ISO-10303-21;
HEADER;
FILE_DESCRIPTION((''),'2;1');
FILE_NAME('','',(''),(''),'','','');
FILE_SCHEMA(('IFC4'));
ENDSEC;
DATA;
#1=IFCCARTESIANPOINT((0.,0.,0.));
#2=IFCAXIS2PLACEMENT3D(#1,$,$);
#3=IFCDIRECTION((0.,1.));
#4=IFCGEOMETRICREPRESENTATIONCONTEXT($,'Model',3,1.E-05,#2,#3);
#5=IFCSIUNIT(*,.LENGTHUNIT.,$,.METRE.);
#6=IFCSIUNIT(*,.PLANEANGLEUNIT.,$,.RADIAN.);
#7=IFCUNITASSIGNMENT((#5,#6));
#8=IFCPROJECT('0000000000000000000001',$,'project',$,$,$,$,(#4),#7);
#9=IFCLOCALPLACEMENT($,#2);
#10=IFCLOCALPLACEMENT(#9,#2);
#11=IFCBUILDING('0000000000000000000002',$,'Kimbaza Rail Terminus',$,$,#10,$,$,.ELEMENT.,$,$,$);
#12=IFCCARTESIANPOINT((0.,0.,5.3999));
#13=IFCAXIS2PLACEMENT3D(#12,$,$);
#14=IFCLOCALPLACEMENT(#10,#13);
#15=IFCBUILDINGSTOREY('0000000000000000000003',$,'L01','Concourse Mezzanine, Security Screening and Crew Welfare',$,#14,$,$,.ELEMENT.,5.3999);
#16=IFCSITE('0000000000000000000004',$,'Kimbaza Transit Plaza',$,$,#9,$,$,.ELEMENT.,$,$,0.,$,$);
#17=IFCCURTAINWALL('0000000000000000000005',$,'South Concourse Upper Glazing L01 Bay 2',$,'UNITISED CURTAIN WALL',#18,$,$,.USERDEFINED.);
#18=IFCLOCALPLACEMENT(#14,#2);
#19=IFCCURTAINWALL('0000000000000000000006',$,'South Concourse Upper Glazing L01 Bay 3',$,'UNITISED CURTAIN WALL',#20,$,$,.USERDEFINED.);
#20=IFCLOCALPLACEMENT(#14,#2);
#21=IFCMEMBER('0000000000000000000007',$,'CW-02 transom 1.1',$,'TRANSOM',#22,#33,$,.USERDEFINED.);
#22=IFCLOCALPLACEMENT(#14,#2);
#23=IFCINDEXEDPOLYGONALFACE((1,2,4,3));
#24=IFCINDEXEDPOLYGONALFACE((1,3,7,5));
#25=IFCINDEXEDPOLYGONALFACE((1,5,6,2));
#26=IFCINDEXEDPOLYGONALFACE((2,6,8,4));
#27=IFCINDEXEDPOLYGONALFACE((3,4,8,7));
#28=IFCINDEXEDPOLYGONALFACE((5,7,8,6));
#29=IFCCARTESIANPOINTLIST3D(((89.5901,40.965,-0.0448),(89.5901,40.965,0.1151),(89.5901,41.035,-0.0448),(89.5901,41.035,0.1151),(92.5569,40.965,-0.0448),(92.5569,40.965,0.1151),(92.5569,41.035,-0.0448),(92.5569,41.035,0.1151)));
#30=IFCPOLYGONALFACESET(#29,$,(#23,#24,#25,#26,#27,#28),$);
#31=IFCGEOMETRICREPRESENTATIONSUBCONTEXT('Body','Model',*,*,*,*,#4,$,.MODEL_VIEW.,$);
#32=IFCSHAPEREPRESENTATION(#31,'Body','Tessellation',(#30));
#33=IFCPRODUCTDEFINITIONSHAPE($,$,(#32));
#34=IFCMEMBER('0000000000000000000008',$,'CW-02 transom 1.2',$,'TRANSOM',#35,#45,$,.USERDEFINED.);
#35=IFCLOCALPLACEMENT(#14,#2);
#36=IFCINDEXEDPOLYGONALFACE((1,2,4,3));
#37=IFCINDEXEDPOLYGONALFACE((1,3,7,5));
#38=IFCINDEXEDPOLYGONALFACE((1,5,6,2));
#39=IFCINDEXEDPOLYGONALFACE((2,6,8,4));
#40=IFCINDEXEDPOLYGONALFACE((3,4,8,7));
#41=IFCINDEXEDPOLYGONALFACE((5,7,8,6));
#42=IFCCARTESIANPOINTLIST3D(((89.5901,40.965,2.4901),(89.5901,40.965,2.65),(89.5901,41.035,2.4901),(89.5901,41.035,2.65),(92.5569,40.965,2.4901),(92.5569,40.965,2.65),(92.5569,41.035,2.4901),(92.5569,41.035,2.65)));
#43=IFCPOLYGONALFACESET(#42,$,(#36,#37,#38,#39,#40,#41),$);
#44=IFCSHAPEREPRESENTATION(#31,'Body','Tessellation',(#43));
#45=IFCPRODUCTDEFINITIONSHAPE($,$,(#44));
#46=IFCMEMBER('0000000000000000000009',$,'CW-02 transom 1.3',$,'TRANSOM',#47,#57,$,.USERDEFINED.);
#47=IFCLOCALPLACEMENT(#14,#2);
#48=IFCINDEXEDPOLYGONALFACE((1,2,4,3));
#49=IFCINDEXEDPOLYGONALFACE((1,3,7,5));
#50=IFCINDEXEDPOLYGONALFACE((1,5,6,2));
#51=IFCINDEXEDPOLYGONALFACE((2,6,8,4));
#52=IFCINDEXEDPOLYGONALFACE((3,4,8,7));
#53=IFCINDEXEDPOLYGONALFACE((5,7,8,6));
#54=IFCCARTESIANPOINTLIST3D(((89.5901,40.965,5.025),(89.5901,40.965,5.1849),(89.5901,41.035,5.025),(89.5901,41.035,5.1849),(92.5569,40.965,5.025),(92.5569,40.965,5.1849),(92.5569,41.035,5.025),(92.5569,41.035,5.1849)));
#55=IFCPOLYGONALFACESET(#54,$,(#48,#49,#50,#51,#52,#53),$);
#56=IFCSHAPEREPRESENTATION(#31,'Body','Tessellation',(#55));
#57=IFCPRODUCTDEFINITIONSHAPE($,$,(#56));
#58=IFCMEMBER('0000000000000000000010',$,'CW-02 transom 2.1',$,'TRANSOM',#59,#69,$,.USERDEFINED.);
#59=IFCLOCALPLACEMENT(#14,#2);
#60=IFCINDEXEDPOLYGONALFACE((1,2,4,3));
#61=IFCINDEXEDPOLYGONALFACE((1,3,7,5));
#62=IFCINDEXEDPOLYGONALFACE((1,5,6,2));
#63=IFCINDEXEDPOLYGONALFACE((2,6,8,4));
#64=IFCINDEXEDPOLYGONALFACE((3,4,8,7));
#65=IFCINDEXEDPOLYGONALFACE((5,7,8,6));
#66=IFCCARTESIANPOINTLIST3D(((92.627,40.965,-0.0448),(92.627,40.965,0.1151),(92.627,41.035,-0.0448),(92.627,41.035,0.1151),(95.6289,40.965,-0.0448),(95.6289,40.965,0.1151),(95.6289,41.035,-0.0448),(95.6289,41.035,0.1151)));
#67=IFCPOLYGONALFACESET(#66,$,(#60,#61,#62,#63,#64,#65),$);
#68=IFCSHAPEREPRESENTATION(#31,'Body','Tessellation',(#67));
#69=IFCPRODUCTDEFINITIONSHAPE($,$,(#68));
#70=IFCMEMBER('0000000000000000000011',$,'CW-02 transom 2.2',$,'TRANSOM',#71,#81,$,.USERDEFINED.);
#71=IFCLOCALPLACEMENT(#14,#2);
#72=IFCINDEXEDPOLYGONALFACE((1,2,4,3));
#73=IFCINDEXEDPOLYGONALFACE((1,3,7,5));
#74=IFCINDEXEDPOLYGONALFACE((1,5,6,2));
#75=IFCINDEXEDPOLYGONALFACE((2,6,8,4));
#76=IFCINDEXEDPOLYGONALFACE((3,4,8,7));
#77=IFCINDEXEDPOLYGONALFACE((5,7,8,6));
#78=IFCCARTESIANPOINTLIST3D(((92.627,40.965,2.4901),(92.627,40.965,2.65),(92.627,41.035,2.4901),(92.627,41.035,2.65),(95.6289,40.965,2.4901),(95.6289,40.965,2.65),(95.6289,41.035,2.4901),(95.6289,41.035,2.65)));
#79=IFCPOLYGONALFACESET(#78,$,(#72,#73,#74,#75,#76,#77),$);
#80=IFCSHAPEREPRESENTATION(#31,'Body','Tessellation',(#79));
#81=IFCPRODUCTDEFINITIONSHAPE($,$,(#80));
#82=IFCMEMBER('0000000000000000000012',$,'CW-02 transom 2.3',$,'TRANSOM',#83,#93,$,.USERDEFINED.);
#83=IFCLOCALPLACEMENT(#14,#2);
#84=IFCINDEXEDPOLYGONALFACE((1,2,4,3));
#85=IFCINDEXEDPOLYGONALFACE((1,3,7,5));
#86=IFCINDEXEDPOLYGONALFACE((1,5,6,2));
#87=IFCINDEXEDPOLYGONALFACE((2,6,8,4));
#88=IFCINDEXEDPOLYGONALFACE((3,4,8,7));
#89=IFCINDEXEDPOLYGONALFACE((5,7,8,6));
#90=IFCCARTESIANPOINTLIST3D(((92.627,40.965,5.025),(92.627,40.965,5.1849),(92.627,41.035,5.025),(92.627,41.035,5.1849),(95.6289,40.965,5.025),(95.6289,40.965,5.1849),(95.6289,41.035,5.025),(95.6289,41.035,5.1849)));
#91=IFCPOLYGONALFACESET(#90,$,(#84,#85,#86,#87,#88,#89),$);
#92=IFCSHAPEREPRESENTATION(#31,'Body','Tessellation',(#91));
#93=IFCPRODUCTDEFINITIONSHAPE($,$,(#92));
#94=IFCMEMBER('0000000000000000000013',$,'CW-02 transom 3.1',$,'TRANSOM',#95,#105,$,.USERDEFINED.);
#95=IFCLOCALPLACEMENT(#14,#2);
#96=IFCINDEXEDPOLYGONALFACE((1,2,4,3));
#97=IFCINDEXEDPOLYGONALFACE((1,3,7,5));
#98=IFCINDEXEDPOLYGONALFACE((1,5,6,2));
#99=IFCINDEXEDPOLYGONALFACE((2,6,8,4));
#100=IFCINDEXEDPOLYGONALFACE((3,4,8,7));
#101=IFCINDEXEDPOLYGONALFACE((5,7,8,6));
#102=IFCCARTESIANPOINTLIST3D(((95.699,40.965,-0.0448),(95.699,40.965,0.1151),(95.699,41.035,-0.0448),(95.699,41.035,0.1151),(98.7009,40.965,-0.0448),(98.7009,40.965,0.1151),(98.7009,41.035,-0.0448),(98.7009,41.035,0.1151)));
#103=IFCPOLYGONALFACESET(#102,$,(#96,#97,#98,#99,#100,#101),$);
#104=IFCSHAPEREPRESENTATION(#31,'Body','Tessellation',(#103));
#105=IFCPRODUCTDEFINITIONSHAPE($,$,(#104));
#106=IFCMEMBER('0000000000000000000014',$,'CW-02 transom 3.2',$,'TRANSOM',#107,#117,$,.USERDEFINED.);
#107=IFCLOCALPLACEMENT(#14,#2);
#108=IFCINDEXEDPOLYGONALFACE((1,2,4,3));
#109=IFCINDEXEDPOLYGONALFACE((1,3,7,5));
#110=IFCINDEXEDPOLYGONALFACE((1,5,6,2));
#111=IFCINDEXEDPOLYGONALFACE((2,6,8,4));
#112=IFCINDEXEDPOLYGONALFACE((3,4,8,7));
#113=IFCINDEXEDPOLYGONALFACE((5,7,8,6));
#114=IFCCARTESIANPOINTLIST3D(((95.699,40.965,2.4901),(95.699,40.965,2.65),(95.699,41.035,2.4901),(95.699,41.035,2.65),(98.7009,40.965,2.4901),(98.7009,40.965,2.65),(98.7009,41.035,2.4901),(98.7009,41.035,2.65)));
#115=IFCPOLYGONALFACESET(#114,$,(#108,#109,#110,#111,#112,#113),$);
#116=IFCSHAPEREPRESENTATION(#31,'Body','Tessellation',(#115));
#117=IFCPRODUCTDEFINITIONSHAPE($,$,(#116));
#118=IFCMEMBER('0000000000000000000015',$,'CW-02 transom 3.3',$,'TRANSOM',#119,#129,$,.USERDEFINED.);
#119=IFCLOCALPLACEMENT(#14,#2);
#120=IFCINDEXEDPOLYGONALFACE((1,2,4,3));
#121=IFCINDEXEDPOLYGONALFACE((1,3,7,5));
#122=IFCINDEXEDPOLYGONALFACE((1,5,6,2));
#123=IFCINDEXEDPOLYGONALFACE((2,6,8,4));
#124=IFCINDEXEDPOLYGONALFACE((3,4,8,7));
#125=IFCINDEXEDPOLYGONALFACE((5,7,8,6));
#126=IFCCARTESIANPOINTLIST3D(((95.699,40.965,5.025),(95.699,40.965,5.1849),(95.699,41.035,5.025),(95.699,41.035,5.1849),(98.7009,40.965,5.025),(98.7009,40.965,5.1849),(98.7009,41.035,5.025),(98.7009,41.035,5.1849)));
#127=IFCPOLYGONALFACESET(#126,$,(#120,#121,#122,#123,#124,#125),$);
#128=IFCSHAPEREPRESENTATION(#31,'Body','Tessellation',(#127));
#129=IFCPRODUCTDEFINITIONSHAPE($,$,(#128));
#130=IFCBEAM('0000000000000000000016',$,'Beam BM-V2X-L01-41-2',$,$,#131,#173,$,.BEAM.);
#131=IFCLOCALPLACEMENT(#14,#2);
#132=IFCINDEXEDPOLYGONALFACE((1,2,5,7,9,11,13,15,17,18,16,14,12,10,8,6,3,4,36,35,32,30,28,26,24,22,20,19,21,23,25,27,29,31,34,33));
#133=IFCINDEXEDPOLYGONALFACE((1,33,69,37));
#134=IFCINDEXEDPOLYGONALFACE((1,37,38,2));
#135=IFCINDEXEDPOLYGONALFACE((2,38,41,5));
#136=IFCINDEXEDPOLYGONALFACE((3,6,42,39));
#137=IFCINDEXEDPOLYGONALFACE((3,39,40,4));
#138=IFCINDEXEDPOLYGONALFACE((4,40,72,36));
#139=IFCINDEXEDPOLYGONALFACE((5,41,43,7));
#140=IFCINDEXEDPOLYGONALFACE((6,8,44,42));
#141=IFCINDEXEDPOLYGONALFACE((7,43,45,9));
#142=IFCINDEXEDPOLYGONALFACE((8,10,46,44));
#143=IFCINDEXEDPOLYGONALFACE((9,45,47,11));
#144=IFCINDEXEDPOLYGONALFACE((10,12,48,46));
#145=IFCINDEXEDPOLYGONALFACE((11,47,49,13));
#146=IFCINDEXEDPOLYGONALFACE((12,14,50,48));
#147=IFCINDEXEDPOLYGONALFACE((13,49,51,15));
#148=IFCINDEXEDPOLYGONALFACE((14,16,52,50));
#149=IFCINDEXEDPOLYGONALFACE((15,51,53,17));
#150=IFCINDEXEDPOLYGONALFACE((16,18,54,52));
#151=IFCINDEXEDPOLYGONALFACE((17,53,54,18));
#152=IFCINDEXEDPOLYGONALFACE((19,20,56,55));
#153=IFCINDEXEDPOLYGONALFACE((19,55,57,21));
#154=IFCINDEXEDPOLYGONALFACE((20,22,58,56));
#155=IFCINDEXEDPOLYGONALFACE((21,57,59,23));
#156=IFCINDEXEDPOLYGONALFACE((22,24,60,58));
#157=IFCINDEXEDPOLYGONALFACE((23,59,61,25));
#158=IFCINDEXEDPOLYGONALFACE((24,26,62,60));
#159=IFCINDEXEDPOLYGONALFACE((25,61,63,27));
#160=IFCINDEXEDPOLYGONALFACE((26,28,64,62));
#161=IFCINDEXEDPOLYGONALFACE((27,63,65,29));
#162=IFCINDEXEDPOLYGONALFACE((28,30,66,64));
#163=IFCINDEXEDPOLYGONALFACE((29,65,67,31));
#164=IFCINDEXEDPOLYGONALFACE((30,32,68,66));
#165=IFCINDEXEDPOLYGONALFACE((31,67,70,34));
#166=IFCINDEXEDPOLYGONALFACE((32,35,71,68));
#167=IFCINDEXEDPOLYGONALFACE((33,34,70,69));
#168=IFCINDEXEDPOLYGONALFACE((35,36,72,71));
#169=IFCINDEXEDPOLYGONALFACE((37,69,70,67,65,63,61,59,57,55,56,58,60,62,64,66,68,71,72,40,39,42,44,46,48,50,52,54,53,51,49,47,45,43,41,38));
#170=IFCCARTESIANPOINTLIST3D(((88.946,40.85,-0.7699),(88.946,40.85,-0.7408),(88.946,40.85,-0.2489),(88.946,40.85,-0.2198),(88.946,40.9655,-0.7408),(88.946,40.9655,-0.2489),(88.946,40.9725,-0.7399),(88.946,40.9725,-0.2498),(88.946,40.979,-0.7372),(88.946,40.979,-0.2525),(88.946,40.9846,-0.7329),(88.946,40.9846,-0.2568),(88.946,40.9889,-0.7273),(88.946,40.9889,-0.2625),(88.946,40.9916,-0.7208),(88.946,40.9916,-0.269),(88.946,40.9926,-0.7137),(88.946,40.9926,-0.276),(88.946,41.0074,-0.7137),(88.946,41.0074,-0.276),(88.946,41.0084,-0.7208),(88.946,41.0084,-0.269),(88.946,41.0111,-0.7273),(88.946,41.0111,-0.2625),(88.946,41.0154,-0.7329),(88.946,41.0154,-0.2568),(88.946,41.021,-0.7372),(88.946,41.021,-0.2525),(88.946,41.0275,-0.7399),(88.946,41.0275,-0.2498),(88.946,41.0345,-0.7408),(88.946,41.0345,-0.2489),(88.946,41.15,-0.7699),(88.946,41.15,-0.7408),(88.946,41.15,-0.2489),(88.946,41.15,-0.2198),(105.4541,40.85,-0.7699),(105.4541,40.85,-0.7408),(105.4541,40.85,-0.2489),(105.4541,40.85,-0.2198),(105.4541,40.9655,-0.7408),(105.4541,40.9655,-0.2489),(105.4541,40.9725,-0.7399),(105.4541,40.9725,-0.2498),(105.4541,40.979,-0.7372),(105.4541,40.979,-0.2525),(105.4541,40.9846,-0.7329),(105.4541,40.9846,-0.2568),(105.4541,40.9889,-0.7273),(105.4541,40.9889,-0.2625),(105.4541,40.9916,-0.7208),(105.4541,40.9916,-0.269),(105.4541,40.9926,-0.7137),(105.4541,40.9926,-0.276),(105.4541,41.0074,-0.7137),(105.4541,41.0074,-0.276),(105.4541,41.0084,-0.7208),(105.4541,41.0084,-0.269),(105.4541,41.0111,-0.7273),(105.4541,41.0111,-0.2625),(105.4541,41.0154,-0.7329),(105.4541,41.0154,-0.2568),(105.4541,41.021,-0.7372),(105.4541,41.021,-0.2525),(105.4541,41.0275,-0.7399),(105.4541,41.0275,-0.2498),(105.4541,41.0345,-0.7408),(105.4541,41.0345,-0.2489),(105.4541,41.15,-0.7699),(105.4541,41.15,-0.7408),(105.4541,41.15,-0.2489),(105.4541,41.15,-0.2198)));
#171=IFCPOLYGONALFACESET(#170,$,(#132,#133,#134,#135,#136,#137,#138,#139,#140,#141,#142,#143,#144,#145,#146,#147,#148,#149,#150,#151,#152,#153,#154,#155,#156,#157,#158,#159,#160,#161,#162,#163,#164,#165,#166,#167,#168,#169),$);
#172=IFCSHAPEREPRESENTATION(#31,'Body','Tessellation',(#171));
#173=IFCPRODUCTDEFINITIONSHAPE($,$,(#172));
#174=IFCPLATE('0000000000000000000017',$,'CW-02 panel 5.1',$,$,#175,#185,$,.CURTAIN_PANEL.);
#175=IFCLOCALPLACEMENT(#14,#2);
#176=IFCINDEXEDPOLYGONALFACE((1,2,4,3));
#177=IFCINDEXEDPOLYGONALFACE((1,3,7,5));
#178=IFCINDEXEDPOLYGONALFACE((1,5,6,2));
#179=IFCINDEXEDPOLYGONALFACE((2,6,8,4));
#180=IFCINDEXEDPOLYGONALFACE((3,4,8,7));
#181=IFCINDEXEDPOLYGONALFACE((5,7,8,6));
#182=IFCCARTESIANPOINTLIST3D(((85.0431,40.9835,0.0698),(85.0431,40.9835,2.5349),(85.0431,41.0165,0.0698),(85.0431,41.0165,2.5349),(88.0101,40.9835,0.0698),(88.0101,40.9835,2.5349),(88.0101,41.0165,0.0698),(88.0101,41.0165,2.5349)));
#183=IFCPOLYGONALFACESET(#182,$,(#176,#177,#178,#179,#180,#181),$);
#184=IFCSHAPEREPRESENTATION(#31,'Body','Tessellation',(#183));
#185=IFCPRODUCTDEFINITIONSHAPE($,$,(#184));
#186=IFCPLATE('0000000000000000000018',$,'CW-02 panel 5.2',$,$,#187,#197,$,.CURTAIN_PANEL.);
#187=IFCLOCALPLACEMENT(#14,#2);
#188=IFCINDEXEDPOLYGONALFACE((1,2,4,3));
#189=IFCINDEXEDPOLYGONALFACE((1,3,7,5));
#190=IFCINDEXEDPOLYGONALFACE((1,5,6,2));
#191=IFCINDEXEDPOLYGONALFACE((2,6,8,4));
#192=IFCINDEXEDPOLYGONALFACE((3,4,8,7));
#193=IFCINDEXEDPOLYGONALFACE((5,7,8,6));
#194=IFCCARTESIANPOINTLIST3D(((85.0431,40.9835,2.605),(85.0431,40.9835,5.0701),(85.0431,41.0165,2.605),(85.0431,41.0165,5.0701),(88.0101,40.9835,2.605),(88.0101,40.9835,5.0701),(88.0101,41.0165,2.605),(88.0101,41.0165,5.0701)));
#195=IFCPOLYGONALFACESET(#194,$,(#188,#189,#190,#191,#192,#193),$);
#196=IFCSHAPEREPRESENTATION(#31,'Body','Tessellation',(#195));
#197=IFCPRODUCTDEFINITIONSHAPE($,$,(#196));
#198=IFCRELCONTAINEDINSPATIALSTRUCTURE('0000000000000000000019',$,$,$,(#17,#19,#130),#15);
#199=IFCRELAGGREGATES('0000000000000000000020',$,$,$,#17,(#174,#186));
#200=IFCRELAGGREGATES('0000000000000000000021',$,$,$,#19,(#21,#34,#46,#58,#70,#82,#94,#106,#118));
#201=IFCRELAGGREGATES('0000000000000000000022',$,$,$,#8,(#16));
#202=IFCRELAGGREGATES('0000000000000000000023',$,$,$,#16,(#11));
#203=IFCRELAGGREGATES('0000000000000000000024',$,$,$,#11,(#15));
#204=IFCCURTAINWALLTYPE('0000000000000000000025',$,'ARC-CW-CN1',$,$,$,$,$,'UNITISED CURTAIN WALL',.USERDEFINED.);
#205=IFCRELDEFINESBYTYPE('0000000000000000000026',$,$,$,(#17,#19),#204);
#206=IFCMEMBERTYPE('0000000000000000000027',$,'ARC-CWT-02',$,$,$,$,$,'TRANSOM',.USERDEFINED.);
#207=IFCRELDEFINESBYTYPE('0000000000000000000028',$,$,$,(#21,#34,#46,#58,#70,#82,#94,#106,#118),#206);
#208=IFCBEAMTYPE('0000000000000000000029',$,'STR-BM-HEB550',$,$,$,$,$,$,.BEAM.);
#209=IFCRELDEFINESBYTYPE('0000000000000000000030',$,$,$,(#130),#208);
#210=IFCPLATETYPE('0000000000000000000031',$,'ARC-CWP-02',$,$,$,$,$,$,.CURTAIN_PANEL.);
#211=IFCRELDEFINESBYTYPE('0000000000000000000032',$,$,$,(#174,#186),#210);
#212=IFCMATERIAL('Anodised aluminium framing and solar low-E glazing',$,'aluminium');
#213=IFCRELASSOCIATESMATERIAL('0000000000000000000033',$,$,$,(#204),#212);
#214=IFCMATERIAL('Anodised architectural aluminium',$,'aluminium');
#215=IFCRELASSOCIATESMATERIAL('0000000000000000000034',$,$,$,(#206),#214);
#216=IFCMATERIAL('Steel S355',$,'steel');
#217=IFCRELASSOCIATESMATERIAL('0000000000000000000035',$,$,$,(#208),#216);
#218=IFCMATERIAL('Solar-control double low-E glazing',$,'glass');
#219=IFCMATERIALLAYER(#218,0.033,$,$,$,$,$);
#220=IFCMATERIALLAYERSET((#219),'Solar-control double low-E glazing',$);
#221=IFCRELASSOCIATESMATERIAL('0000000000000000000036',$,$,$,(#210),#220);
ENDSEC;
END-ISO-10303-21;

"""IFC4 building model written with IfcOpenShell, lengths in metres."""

from ifc_helpers import new_model, si_unit, direction, frame, origin, origin_2d, place, context, subcontext, project, spatial, rectangle, i_section, extrude, material, layer, layer_set, material_profile, profile_set, type_object, element, aggregate, save


model = new_model("IFC4")

# Units and contexts
model_context = context("Model", 3, precision=1e-05, world=origin(), true_north=direction((0.0, 1.0)))
body_context = subcontext(model_context, "Body", "Model", "MODEL_VIEW")
ifc_project = project(units=[si_unit("LENGTHUNIT", "METRE"), si_unit("PLANEANGLEUNIT", "RADIAN")], contexts=[model_context])

# Site, building, storey
site_placement = place(None, origin())
site = spatial("IfcSite", under=ifc_project, at=site_placement, Name="Kimbaza Transit Plaza", CompositionType="ELEMENT", RefElevation=0.0)
building_placement = place(site_placement, origin())
building = spatial("IfcBuilding", under=site, at=building_placement, Name="Kimbaza Rail Terminus", CompositionType="ELEMENT")
storey_placement = place(building_placement, frame((0.0, 0.0, 5.3999)))
storey = spatial("IfcBuildingStorey", under=building, at=storey_placement, Name="L01", Description="Concourse Mezzanine, Security Screening and Crew Welfare", CompositionType="ELEMENT", Elevation=5.3999)

# Curtain wall
ifc_material_1 = material(Name="Anodised aluminium framing and solar low-E glazing", Category="aluminium")
curtain_wall_type = type_object("IfcCurtainWallType", Name="ARC-CW-CN1", ElementType="UNITISED CURTAIN WALL", PredefinedType="USERDEFINED", material=ifc_material_1)
curtain_wall_1_placement = place(storey_placement, origin())
curtain_wall_1 = element("IfcCurtainWall", 1, at=curtain_wall_1_placement, inside=storey, type_object=curtain_wall_type, Name="South Concourse Upper Glazing L01 Bay 2", ObjectType="UNITISED CURTAIN WALL", PredefinedType="USERDEFINED")

# Curtain wall
curtain_wall_2_placement = place(storey_placement, origin())
curtain_wall_2 = element("IfcCurtainWall", 2, at=curtain_wall_2_placement, inside=storey, type_object=curtain_wall_type, Name="South Concourse Upper Glazing L01 Bay 3", ObjectType="UNITISED CURTAIN WALL", PredefinedType="USERDEFINED")

# Members
ifc_material_2 = material(Name="Anodised architectural aluminium", Category="aluminium")
ifc_material_profile_1 = material_profile(ifc_material_2, rectangle(XDim=0.0701, YDim=0.1599, at=origin_2d()), Name="TRANSOM 70x160")
ifc_profile_set_1 = profile_set([ifc_material_profile_1], Name="Anodised architectural aluminium")
member_type_1 = type_object("IfcMemberType", Name="ARC-CWT-02", ElementType="TRANSOM", PredefinedType="USERDEFINED", material=ifc_profile_set_1)
member_1_placement = place(storey_placement, frame((89.5901, 41.0, 0.0352), z_axis=(1.0, 0.0, 0.0), x_axis=(0.0, 1.0, 0.0)))
member_1 = element("IfcMember", 3, at=member_1_placement, type_object=member_type_1, Name="CW-02 transom 1.1", ObjectType="TRANSOM", PredefinedType="USERDEFINED", context=body_context, shape_type="SweptSolid", body=[
    extrude(rectangle(XDim=0.0701, YDim=0.1599, at=origin_2d()), origin(), (0.0, 0.0, 1.0), 2.9668),
])
member_2_placement = place(storey_placement, frame((89.5901, 41.0, 2.5701), z_axis=(1.0, 0.0, 0.0), x_axis=(0.0, 1.0, 0.0)))
member_2 = element("IfcMember", 4, at=member_2_placement, type_object=member_type_1, Name="CW-02 transom 1.2", ObjectType="TRANSOM", PredefinedType="USERDEFINED", context=body_context, shape_type="SweptSolid", body=[
    extrude(rectangle(XDim=0.0701, YDim=0.1599, at=origin_2d()), origin(), (0.0, 0.0, 1.0), 2.9668),
])
member_3_placement = place(storey_placement, frame((89.5901, 41.0, 5.105), z_axis=(1.0, 0.0, 0.0), x_axis=(0.0, 1.0, 0.0)))
member_3 = element("IfcMember", 5, at=member_3_placement, type_object=member_type_1, Name="CW-02 transom 1.3", ObjectType="TRANSOM", PredefinedType="USERDEFINED", context=body_context, shape_type="SweptSolid", body=[
    extrude(rectangle(XDim=0.0701, YDim=0.1599, at=origin_2d()), origin(), (0.0, 0.0, 1.0), 2.9668),
])
member_4_placement = place(storey_placement, frame((92.627, 41.0, 0.0352), z_axis=(1.0, 0.0, 0.0), x_axis=(0.0, 1.0, 0.0)))
member_4 = element("IfcMember", 6, at=member_4_placement, type_object=member_type_1, Name="CW-02 transom 2.1", ObjectType="TRANSOM", PredefinedType="USERDEFINED", context=body_context, shape_type="SweptSolid", body=[
    extrude(rectangle(XDim=0.0701, YDim=0.1599, at=origin_2d()), origin(), (0.0, 0.0, 1.0), 3.002),
])
member_5_placement = place(storey_placement, frame((92.627, 41.0, 2.5701), z_axis=(1.0, 0.0, 0.0), x_axis=(0.0, 1.0, 0.0)))
member_5 = element("IfcMember", 7, at=member_5_placement, type_object=member_type_1, Name="CW-02 transom 2.2", ObjectType="TRANSOM", PredefinedType="USERDEFINED", context=body_context, shape_type="SweptSolid", body=[
    extrude(rectangle(XDim=0.0701, YDim=0.1599, at=origin_2d()), origin(), (0.0, 0.0, 1.0), 3.002),
])
member_6_placement = place(storey_placement, frame((92.627, 41.0, 5.105), z_axis=(1.0, 0.0, 0.0), x_axis=(0.0, 1.0, 0.0)))
member_6 = element("IfcMember", 8, at=member_6_placement, type_object=member_type_1, Name="CW-02 transom 2.3", ObjectType="TRANSOM", PredefinedType="USERDEFINED", context=body_context, shape_type="SweptSolid", body=[
    extrude(rectangle(XDim=0.0701, YDim=0.1599, at=origin_2d()), origin(), (0.0, 0.0, 1.0), 3.002),
])
member_7_placement = place(storey_placement, frame((95.699, 41.0, 0.0352), z_axis=(1.0, 0.0, 0.0), x_axis=(0.0, 1.0, 0.0)))
member_7 = element("IfcMember", 9, at=member_7_placement, type_object=member_type_1, Name="CW-02 transom 3.1", ObjectType="TRANSOM", PredefinedType="USERDEFINED", context=body_context, shape_type="SweptSolid", body=[
    extrude(rectangle(XDim=0.0701, YDim=0.1599, at=origin_2d()), origin(), (0.0, 0.0, 1.0), 3.002),
])
member_8_placement = place(storey_placement, frame((95.699, 41.0, 2.5701), z_axis=(1.0, 0.0, 0.0), x_axis=(0.0, 1.0, 0.0)))
member_8 = element("IfcMember", 10, at=member_8_placement, type_object=member_type_1, Name="CW-02 transom 3.2", ObjectType="TRANSOM", PredefinedType="USERDEFINED", context=body_context, shape_type="SweptSolid", body=[
    extrude(rectangle(XDim=0.0701, YDim=0.1599, at=origin_2d()), origin(), (0.0, 0.0, 1.0), 3.002),
])
member_9_placement = place(storey_placement, frame((95.699, 41.0, 5.105), z_axis=(1.0, 0.0, 0.0), x_axis=(0.0, 1.0, 0.0)))
member_9 = element("IfcMember", 11, at=member_9_placement, type_object=member_type_1, Name="CW-02 transom 3.3", ObjectType="TRANSOM", PredefinedType="USERDEFINED", context=body_context, shape_type="SweptSolid", body=[
    extrude(rectangle(XDim=0.0701, YDim=0.1599, at=origin_2d()), origin(), (0.0, 0.0, 1.0), 3.002),
])

# Beam
ifc_material_3 = material(Name="Steel S355", Category="steel")
ifc_material_profile_2 = material_profile(ifc_material_3, i_section(OverallWidth=0.3, OverallDepth=0.55, WebThickness=0.0149, FlangeThickness=0.0291, FilletRadius=0.0271, at=origin_2d()), Name="HEB 550")
ifc_profile_set_2 = profile_set([ifc_material_profile_2], Name="Steel S355")
beam_type = type_object("IfcBeamType", Name="STR-BM-HEB550", PredefinedType="BEAM", material=ifc_profile_set_2)
beam_placement = place(storey_placement, frame((88.946, 41.0, -0.4949), z_axis=(1.0, 0.0, 0.0), x_axis=(0.0, 1.0, 0.0)))
element("IfcBeam", 12, at=beam_placement, inside=storey, type_object=beam_type, Name="Beam BM-V2X-L01-41-2", PredefinedType="BEAM", context=body_context, shape_type="SweptSolid", body=[
    extrude(i_section(OverallWidth=0.3, OverallDepth=0.55, WebThickness=0.0149, FlangeThickness=0.0291, FilletRadius=0.0271, at=origin_2d()), origin(), (0.0, 0.0, 1.0), 16.5081),
])

# Plates
ifc_material_4 = material(Name="Solar-control double low-E glazing", Category="glass")
ifc_layer_1 = layer(ifc_material_4, 0.033)
ifc_layer_set_1 = layer_set([ifc_layer_1], Name="Solar-control double low-E glazing")
plate_type = type_object("IfcPlateType", Name="ARC-CWP-02", PredefinedType="CURTAIN_PANEL", material=ifc_layer_set_1)
plate_1_placement = place(storey_placement, frame((86.5266, 41.0, 0.0698), z_axis=(0.0, 0.0, 1.0), x_axis=(1.0, 0.0, 0.0)))
plate_1 = element("IfcPlate", 13, at=plate_1_placement, type_object=plate_type, Name="CW-02 panel 5.1", PredefinedType="CURTAIN_PANEL", context=body_context, shape_type="SweptSolid", body=[
    extrude(rectangle(XDim=2.967, YDim=0.033, at=origin_2d()), origin(), (0.0, 0.0, 1.0), 2.4651),
])
plate_2_placement = place(storey_placement, frame((86.5266, 41.0, 2.605), z_axis=(0.0, 0.0, 1.0), x_axis=(1.0, 0.0, 0.0)))
plate_2 = element("IfcPlate", 14, at=plate_2_placement, type_object=plate_type, Name="CW-02 panel 5.2", PredefinedType="CURTAIN_PANEL", context=body_context, shape_type="SweptSolid", body=[
    extrude(rectangle(XDim=2.967, YDim=0.033, at=origin_2d()), origin(), (0.0, 0.0, 1.0), 2.4651),
])
aggregate(curtain_wall_1, [plate_1, plate_2])
aggregate(curtain_wall_2, [member_1, member_2, member_3, member_4, member_5, member_6, member_7, member_8, member_9])

save(model, "model.ifc")
